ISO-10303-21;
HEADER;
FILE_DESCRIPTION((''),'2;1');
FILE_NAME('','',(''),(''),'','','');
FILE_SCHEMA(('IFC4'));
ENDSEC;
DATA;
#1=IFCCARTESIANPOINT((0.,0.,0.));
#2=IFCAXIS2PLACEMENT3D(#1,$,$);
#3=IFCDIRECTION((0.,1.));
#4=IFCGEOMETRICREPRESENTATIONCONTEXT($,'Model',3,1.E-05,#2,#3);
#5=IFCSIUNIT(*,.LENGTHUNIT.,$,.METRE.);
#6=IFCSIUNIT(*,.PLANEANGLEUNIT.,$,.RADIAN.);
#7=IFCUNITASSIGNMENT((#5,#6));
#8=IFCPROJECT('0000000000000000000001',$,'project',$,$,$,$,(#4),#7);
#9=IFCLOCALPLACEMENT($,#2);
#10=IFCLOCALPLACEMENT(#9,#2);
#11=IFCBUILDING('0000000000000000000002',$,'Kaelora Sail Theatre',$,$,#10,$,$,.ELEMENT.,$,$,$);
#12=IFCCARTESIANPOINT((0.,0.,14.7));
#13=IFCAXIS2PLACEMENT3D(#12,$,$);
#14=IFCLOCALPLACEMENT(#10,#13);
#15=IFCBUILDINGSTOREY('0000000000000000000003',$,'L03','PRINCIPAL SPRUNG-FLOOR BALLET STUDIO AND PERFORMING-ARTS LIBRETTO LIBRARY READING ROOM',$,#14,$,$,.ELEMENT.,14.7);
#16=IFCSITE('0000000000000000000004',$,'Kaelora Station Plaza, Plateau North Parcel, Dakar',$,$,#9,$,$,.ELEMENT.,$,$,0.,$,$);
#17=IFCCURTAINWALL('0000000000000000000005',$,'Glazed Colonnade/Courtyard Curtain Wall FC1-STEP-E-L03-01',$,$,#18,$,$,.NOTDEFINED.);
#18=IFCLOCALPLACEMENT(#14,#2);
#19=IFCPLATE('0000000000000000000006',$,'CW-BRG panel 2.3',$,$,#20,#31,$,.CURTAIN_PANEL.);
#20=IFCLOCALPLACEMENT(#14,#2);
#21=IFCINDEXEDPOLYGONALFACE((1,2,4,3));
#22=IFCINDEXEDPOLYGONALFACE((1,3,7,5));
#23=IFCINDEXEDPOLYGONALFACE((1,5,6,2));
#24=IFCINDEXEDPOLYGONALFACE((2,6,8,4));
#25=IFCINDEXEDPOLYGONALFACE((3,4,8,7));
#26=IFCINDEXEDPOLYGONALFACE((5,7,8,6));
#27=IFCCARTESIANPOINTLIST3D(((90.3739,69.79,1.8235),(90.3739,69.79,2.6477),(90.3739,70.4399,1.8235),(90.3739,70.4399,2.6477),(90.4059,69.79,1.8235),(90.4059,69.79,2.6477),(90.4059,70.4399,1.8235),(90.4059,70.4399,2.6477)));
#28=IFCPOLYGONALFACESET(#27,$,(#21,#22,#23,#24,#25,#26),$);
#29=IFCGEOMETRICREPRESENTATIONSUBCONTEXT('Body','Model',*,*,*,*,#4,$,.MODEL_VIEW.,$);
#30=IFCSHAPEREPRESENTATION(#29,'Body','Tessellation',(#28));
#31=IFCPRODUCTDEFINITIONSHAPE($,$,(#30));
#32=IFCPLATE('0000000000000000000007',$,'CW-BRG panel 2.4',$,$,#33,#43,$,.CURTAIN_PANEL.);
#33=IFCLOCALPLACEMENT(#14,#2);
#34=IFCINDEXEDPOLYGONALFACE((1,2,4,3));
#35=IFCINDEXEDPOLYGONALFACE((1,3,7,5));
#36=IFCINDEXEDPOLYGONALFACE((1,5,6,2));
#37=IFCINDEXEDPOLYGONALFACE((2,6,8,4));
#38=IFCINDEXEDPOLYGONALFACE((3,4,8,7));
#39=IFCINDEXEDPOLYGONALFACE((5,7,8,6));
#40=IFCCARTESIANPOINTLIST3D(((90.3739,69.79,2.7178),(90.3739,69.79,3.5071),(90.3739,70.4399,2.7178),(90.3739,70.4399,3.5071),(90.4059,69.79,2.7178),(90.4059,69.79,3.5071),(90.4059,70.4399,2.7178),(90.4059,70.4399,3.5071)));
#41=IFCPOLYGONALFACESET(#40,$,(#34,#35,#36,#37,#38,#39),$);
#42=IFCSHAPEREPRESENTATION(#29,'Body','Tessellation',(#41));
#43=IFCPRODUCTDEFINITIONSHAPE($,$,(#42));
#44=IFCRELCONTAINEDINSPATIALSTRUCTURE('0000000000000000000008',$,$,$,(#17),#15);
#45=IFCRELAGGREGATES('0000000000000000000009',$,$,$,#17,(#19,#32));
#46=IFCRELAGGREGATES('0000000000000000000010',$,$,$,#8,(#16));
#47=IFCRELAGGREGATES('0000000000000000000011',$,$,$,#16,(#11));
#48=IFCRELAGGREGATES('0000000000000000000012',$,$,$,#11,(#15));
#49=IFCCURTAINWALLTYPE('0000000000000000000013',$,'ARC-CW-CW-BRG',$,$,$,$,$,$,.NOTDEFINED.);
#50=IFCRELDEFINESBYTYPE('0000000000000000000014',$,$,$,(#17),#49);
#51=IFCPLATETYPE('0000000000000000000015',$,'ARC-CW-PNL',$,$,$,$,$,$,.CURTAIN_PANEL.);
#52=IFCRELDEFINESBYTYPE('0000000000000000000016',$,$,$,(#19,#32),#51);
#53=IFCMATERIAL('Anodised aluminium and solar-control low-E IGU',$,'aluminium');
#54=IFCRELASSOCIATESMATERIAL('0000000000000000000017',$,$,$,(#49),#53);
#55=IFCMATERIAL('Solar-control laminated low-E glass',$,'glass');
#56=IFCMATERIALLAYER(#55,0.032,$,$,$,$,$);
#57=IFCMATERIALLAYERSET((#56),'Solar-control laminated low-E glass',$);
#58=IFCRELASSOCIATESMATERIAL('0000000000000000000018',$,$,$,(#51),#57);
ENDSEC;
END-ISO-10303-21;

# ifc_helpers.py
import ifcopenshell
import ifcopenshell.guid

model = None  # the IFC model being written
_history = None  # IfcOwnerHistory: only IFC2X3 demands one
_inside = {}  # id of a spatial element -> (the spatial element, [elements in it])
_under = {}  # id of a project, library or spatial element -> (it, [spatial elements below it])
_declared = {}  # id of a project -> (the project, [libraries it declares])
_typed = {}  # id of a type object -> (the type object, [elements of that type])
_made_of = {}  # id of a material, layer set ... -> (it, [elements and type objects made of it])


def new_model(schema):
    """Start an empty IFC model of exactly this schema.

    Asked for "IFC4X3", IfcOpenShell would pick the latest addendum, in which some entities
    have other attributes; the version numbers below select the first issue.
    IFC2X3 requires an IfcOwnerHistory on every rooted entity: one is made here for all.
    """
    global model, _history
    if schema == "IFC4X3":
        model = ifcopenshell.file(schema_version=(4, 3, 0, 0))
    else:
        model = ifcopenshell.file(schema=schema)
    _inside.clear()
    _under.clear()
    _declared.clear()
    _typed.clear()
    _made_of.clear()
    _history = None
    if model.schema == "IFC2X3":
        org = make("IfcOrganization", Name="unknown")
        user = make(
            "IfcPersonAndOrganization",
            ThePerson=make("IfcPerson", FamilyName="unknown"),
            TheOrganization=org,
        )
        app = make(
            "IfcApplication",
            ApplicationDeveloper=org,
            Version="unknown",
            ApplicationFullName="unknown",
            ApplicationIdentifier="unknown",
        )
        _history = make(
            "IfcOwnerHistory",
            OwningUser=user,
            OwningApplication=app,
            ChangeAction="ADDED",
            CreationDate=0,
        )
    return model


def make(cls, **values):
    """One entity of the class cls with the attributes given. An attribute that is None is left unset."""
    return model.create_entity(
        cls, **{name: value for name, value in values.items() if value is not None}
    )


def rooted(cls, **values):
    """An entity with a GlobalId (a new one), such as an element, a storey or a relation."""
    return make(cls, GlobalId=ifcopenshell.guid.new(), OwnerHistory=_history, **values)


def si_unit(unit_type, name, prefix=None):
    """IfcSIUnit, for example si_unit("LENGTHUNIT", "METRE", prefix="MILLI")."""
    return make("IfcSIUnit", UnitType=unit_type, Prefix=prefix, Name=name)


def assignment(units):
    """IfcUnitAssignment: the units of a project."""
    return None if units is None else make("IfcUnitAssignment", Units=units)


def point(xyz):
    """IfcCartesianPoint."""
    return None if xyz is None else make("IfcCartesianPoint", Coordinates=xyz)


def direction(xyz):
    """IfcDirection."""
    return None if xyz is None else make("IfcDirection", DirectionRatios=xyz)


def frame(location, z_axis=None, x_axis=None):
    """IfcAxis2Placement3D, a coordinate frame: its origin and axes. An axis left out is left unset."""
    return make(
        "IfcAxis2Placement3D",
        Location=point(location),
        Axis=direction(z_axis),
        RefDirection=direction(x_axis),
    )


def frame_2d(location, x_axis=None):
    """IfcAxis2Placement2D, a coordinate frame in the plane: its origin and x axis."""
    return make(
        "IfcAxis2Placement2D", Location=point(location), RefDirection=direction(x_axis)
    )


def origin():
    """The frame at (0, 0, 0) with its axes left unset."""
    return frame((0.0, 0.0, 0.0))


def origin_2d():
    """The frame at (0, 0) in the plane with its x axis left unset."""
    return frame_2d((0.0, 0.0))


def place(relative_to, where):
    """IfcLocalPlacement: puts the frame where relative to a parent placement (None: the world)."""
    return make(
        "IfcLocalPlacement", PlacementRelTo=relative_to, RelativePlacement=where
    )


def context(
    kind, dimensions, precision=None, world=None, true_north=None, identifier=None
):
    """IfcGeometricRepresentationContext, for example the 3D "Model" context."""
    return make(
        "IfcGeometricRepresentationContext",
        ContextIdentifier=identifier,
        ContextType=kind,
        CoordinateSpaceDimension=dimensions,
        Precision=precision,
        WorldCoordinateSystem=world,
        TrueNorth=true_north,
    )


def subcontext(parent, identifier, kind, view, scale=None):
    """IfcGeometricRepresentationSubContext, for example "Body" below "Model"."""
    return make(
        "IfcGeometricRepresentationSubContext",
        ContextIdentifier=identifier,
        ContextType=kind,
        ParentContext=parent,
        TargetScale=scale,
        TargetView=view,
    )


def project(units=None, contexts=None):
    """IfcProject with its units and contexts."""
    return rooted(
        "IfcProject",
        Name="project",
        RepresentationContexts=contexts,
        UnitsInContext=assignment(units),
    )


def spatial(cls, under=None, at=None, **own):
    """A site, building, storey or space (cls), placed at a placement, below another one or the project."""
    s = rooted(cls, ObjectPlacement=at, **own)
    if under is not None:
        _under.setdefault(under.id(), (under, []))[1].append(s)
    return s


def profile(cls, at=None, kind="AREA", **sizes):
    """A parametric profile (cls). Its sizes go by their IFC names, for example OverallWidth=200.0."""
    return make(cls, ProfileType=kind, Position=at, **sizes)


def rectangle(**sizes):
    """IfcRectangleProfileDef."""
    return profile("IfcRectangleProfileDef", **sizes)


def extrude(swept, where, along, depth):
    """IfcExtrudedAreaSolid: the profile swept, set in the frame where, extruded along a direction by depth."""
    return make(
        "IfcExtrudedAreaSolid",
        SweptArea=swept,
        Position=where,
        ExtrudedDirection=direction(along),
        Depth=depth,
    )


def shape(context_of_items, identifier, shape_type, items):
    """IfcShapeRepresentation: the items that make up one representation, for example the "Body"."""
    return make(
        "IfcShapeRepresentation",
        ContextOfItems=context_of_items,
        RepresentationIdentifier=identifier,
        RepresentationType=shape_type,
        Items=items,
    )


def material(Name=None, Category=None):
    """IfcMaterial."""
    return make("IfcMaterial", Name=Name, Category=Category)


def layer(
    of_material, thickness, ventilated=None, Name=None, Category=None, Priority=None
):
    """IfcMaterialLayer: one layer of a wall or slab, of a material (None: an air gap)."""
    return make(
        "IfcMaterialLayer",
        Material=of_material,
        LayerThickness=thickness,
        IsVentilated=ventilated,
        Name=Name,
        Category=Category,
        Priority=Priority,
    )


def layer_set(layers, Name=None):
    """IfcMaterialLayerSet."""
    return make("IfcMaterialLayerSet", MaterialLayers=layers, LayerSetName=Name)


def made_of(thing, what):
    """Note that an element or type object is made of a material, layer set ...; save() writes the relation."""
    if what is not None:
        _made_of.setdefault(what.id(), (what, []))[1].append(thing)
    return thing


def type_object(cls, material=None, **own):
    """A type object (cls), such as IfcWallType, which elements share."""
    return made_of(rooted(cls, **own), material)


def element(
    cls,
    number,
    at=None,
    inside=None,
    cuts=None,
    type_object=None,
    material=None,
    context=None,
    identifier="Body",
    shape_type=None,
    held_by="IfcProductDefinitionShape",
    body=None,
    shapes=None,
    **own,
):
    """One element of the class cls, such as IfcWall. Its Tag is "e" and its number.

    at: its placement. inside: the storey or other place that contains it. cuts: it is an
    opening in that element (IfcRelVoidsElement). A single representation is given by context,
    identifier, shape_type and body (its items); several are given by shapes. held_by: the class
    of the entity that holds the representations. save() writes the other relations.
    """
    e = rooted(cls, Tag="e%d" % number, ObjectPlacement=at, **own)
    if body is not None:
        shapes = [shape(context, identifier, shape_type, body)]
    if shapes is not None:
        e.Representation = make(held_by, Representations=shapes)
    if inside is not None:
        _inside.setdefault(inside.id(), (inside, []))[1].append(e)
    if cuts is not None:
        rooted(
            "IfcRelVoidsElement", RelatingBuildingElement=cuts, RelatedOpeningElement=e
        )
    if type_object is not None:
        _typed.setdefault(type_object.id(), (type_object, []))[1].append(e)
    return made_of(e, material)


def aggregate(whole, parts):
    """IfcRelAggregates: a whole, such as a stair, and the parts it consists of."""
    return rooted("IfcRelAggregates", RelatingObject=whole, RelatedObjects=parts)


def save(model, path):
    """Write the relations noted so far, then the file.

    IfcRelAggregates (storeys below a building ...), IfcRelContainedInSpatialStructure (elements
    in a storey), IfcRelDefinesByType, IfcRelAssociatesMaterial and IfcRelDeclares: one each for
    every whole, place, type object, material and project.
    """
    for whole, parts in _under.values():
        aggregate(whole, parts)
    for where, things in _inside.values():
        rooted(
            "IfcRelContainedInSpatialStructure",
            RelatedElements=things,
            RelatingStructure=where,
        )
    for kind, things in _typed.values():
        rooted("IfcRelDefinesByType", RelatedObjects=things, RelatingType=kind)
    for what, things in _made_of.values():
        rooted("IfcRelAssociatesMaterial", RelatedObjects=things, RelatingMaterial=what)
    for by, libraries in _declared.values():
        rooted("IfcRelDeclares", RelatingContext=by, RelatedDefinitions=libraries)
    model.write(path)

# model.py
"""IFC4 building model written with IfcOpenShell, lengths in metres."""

from ifc_helpers import new_model, si_unit, direction, frame, origin, origin_2d, place, context, subcontext, project, spatial, rectangle, extrude, material, layer, layer_set, type_object, element, aggregate, save


model = new_model("IFC4")

# Units and contexts
model_context = context("Model", 3, precision=1e-05, world=origin(), true_north=direction((0.0, 1.0)))
body_context = subcontext(model_context, "Body", "Model", "MODEL_VIEW")
ifc_project = project(units=[si_unit("LENGTHUNIT", "METRE"), si_unit("PLANEANGLEUNIT", "RADIAN")], contexts=[model_context])

# Site, building, storey
site_placement = place(None, origin())
site = spatial("IfcSite", under=ifc_project, at=site_placement, Name="Kaelora Station Plaza, Plateau North Parcel, Dakar", CompositionType="ELEMENT", RefElevation=0.0)
building_placement = place(site_placement, origin())
building = spatial("IfcBuilding", under=site, at=building_placement, Name="Kaelora Sail Theatre", CompositionType="ELEMENT")
storey_placement = place(building_placement, frame((0.0, 0.0, 14.7)))
storey = spatial("IfcBuildingStorey", under=building, at=storey_placement, Name="L03", Description="PRINCIPAL SPRUNG-FLOOR BALLET STUDIO AND PERFORMING-ARTS LIBRETTO LIBRARY READING ROOM", CompositionType="ELEMENT", Elevation=14.7)

# Shared definitions
ifc_material_1 = material(Name="Anodised aluminium and solar-control low-E IGU", Category="aluminium")
curtain_wall_type = type_object("IfcCurtainWallType", Name="ARC-CW-CW-BRG", PredefinedType="NOTDEFINED", material=ifc_material_1)

# Curtain wall
curtain_wall_1_placement = place(storey_placement, origin())
curtain_wall_1 = element("IfcCurtainWall", 1, at=curtain_wall_1_placement, inside=storey, type_object=curtain_wall_type, Name="Glazed Colonnade/Courtyard Curtain Wall FC1-STEP-E-L03-01", PredefinedType="NOTDEFINED")

# Plates
ifc_material_2 = material(Name="Solar-control laminated low-E glass", Category="glass")
ifc_layer = layer(ifc_material_2, 0.032)
ifc_layer_set = layer_set([ifc_layer], Name="Solar-control laminated low-E glass")
plate_type = type_object("IfcPlateType", Name="ARC-CW-PNL", PredefinedType="CURTAIN_PANEL", material=ifc_layer_set)
plate_1_placement = place(storey_placement, frame((90.3899, 70.115, 1.8235), z_axis=(0.0, 0.0, 1.0), x_axis=(0.0, 1.0, 0.0)))
plate_1 = element("IfcPlate", 2, at=plate_1_placement, type_object=plate_type, Name="CW-BRG panel 2.3", PredefinedType="CURTAIN_PANEL", context=body_context, shape_type="SweptSolid", body=[
    extrude(rectangle(XDim=0.6499, YDim=0.032, at=origin_2d()), origin(), (0.0, 0.0, 1.0), 0.8242),
])
plate_2_placement = place(storey_placement, frame((90.3899, 70.115, 2.7178), z_axis=(0.0, 0.0, 1.0), x_axis=(0.0, 1.0, 0.0)))
plate_2 = element("IfcPlate", 3, at=plate_2_placement, type_object=plate_type, Name="CW-BRG panel 2.4", PredefinedType="CURTAIN_PANEL", context=body_context, shape_type="SweptSolid", body=[
    extrude(rectangle(XDim=0.6499, YDim=0.032, at=origin_2d()), origin(), (0.0, 0.0, 1.0), 0.7893),
])
aggregate(curtain_wall_1, [plate_1, plate_2])

save(model, "model.ifc")
